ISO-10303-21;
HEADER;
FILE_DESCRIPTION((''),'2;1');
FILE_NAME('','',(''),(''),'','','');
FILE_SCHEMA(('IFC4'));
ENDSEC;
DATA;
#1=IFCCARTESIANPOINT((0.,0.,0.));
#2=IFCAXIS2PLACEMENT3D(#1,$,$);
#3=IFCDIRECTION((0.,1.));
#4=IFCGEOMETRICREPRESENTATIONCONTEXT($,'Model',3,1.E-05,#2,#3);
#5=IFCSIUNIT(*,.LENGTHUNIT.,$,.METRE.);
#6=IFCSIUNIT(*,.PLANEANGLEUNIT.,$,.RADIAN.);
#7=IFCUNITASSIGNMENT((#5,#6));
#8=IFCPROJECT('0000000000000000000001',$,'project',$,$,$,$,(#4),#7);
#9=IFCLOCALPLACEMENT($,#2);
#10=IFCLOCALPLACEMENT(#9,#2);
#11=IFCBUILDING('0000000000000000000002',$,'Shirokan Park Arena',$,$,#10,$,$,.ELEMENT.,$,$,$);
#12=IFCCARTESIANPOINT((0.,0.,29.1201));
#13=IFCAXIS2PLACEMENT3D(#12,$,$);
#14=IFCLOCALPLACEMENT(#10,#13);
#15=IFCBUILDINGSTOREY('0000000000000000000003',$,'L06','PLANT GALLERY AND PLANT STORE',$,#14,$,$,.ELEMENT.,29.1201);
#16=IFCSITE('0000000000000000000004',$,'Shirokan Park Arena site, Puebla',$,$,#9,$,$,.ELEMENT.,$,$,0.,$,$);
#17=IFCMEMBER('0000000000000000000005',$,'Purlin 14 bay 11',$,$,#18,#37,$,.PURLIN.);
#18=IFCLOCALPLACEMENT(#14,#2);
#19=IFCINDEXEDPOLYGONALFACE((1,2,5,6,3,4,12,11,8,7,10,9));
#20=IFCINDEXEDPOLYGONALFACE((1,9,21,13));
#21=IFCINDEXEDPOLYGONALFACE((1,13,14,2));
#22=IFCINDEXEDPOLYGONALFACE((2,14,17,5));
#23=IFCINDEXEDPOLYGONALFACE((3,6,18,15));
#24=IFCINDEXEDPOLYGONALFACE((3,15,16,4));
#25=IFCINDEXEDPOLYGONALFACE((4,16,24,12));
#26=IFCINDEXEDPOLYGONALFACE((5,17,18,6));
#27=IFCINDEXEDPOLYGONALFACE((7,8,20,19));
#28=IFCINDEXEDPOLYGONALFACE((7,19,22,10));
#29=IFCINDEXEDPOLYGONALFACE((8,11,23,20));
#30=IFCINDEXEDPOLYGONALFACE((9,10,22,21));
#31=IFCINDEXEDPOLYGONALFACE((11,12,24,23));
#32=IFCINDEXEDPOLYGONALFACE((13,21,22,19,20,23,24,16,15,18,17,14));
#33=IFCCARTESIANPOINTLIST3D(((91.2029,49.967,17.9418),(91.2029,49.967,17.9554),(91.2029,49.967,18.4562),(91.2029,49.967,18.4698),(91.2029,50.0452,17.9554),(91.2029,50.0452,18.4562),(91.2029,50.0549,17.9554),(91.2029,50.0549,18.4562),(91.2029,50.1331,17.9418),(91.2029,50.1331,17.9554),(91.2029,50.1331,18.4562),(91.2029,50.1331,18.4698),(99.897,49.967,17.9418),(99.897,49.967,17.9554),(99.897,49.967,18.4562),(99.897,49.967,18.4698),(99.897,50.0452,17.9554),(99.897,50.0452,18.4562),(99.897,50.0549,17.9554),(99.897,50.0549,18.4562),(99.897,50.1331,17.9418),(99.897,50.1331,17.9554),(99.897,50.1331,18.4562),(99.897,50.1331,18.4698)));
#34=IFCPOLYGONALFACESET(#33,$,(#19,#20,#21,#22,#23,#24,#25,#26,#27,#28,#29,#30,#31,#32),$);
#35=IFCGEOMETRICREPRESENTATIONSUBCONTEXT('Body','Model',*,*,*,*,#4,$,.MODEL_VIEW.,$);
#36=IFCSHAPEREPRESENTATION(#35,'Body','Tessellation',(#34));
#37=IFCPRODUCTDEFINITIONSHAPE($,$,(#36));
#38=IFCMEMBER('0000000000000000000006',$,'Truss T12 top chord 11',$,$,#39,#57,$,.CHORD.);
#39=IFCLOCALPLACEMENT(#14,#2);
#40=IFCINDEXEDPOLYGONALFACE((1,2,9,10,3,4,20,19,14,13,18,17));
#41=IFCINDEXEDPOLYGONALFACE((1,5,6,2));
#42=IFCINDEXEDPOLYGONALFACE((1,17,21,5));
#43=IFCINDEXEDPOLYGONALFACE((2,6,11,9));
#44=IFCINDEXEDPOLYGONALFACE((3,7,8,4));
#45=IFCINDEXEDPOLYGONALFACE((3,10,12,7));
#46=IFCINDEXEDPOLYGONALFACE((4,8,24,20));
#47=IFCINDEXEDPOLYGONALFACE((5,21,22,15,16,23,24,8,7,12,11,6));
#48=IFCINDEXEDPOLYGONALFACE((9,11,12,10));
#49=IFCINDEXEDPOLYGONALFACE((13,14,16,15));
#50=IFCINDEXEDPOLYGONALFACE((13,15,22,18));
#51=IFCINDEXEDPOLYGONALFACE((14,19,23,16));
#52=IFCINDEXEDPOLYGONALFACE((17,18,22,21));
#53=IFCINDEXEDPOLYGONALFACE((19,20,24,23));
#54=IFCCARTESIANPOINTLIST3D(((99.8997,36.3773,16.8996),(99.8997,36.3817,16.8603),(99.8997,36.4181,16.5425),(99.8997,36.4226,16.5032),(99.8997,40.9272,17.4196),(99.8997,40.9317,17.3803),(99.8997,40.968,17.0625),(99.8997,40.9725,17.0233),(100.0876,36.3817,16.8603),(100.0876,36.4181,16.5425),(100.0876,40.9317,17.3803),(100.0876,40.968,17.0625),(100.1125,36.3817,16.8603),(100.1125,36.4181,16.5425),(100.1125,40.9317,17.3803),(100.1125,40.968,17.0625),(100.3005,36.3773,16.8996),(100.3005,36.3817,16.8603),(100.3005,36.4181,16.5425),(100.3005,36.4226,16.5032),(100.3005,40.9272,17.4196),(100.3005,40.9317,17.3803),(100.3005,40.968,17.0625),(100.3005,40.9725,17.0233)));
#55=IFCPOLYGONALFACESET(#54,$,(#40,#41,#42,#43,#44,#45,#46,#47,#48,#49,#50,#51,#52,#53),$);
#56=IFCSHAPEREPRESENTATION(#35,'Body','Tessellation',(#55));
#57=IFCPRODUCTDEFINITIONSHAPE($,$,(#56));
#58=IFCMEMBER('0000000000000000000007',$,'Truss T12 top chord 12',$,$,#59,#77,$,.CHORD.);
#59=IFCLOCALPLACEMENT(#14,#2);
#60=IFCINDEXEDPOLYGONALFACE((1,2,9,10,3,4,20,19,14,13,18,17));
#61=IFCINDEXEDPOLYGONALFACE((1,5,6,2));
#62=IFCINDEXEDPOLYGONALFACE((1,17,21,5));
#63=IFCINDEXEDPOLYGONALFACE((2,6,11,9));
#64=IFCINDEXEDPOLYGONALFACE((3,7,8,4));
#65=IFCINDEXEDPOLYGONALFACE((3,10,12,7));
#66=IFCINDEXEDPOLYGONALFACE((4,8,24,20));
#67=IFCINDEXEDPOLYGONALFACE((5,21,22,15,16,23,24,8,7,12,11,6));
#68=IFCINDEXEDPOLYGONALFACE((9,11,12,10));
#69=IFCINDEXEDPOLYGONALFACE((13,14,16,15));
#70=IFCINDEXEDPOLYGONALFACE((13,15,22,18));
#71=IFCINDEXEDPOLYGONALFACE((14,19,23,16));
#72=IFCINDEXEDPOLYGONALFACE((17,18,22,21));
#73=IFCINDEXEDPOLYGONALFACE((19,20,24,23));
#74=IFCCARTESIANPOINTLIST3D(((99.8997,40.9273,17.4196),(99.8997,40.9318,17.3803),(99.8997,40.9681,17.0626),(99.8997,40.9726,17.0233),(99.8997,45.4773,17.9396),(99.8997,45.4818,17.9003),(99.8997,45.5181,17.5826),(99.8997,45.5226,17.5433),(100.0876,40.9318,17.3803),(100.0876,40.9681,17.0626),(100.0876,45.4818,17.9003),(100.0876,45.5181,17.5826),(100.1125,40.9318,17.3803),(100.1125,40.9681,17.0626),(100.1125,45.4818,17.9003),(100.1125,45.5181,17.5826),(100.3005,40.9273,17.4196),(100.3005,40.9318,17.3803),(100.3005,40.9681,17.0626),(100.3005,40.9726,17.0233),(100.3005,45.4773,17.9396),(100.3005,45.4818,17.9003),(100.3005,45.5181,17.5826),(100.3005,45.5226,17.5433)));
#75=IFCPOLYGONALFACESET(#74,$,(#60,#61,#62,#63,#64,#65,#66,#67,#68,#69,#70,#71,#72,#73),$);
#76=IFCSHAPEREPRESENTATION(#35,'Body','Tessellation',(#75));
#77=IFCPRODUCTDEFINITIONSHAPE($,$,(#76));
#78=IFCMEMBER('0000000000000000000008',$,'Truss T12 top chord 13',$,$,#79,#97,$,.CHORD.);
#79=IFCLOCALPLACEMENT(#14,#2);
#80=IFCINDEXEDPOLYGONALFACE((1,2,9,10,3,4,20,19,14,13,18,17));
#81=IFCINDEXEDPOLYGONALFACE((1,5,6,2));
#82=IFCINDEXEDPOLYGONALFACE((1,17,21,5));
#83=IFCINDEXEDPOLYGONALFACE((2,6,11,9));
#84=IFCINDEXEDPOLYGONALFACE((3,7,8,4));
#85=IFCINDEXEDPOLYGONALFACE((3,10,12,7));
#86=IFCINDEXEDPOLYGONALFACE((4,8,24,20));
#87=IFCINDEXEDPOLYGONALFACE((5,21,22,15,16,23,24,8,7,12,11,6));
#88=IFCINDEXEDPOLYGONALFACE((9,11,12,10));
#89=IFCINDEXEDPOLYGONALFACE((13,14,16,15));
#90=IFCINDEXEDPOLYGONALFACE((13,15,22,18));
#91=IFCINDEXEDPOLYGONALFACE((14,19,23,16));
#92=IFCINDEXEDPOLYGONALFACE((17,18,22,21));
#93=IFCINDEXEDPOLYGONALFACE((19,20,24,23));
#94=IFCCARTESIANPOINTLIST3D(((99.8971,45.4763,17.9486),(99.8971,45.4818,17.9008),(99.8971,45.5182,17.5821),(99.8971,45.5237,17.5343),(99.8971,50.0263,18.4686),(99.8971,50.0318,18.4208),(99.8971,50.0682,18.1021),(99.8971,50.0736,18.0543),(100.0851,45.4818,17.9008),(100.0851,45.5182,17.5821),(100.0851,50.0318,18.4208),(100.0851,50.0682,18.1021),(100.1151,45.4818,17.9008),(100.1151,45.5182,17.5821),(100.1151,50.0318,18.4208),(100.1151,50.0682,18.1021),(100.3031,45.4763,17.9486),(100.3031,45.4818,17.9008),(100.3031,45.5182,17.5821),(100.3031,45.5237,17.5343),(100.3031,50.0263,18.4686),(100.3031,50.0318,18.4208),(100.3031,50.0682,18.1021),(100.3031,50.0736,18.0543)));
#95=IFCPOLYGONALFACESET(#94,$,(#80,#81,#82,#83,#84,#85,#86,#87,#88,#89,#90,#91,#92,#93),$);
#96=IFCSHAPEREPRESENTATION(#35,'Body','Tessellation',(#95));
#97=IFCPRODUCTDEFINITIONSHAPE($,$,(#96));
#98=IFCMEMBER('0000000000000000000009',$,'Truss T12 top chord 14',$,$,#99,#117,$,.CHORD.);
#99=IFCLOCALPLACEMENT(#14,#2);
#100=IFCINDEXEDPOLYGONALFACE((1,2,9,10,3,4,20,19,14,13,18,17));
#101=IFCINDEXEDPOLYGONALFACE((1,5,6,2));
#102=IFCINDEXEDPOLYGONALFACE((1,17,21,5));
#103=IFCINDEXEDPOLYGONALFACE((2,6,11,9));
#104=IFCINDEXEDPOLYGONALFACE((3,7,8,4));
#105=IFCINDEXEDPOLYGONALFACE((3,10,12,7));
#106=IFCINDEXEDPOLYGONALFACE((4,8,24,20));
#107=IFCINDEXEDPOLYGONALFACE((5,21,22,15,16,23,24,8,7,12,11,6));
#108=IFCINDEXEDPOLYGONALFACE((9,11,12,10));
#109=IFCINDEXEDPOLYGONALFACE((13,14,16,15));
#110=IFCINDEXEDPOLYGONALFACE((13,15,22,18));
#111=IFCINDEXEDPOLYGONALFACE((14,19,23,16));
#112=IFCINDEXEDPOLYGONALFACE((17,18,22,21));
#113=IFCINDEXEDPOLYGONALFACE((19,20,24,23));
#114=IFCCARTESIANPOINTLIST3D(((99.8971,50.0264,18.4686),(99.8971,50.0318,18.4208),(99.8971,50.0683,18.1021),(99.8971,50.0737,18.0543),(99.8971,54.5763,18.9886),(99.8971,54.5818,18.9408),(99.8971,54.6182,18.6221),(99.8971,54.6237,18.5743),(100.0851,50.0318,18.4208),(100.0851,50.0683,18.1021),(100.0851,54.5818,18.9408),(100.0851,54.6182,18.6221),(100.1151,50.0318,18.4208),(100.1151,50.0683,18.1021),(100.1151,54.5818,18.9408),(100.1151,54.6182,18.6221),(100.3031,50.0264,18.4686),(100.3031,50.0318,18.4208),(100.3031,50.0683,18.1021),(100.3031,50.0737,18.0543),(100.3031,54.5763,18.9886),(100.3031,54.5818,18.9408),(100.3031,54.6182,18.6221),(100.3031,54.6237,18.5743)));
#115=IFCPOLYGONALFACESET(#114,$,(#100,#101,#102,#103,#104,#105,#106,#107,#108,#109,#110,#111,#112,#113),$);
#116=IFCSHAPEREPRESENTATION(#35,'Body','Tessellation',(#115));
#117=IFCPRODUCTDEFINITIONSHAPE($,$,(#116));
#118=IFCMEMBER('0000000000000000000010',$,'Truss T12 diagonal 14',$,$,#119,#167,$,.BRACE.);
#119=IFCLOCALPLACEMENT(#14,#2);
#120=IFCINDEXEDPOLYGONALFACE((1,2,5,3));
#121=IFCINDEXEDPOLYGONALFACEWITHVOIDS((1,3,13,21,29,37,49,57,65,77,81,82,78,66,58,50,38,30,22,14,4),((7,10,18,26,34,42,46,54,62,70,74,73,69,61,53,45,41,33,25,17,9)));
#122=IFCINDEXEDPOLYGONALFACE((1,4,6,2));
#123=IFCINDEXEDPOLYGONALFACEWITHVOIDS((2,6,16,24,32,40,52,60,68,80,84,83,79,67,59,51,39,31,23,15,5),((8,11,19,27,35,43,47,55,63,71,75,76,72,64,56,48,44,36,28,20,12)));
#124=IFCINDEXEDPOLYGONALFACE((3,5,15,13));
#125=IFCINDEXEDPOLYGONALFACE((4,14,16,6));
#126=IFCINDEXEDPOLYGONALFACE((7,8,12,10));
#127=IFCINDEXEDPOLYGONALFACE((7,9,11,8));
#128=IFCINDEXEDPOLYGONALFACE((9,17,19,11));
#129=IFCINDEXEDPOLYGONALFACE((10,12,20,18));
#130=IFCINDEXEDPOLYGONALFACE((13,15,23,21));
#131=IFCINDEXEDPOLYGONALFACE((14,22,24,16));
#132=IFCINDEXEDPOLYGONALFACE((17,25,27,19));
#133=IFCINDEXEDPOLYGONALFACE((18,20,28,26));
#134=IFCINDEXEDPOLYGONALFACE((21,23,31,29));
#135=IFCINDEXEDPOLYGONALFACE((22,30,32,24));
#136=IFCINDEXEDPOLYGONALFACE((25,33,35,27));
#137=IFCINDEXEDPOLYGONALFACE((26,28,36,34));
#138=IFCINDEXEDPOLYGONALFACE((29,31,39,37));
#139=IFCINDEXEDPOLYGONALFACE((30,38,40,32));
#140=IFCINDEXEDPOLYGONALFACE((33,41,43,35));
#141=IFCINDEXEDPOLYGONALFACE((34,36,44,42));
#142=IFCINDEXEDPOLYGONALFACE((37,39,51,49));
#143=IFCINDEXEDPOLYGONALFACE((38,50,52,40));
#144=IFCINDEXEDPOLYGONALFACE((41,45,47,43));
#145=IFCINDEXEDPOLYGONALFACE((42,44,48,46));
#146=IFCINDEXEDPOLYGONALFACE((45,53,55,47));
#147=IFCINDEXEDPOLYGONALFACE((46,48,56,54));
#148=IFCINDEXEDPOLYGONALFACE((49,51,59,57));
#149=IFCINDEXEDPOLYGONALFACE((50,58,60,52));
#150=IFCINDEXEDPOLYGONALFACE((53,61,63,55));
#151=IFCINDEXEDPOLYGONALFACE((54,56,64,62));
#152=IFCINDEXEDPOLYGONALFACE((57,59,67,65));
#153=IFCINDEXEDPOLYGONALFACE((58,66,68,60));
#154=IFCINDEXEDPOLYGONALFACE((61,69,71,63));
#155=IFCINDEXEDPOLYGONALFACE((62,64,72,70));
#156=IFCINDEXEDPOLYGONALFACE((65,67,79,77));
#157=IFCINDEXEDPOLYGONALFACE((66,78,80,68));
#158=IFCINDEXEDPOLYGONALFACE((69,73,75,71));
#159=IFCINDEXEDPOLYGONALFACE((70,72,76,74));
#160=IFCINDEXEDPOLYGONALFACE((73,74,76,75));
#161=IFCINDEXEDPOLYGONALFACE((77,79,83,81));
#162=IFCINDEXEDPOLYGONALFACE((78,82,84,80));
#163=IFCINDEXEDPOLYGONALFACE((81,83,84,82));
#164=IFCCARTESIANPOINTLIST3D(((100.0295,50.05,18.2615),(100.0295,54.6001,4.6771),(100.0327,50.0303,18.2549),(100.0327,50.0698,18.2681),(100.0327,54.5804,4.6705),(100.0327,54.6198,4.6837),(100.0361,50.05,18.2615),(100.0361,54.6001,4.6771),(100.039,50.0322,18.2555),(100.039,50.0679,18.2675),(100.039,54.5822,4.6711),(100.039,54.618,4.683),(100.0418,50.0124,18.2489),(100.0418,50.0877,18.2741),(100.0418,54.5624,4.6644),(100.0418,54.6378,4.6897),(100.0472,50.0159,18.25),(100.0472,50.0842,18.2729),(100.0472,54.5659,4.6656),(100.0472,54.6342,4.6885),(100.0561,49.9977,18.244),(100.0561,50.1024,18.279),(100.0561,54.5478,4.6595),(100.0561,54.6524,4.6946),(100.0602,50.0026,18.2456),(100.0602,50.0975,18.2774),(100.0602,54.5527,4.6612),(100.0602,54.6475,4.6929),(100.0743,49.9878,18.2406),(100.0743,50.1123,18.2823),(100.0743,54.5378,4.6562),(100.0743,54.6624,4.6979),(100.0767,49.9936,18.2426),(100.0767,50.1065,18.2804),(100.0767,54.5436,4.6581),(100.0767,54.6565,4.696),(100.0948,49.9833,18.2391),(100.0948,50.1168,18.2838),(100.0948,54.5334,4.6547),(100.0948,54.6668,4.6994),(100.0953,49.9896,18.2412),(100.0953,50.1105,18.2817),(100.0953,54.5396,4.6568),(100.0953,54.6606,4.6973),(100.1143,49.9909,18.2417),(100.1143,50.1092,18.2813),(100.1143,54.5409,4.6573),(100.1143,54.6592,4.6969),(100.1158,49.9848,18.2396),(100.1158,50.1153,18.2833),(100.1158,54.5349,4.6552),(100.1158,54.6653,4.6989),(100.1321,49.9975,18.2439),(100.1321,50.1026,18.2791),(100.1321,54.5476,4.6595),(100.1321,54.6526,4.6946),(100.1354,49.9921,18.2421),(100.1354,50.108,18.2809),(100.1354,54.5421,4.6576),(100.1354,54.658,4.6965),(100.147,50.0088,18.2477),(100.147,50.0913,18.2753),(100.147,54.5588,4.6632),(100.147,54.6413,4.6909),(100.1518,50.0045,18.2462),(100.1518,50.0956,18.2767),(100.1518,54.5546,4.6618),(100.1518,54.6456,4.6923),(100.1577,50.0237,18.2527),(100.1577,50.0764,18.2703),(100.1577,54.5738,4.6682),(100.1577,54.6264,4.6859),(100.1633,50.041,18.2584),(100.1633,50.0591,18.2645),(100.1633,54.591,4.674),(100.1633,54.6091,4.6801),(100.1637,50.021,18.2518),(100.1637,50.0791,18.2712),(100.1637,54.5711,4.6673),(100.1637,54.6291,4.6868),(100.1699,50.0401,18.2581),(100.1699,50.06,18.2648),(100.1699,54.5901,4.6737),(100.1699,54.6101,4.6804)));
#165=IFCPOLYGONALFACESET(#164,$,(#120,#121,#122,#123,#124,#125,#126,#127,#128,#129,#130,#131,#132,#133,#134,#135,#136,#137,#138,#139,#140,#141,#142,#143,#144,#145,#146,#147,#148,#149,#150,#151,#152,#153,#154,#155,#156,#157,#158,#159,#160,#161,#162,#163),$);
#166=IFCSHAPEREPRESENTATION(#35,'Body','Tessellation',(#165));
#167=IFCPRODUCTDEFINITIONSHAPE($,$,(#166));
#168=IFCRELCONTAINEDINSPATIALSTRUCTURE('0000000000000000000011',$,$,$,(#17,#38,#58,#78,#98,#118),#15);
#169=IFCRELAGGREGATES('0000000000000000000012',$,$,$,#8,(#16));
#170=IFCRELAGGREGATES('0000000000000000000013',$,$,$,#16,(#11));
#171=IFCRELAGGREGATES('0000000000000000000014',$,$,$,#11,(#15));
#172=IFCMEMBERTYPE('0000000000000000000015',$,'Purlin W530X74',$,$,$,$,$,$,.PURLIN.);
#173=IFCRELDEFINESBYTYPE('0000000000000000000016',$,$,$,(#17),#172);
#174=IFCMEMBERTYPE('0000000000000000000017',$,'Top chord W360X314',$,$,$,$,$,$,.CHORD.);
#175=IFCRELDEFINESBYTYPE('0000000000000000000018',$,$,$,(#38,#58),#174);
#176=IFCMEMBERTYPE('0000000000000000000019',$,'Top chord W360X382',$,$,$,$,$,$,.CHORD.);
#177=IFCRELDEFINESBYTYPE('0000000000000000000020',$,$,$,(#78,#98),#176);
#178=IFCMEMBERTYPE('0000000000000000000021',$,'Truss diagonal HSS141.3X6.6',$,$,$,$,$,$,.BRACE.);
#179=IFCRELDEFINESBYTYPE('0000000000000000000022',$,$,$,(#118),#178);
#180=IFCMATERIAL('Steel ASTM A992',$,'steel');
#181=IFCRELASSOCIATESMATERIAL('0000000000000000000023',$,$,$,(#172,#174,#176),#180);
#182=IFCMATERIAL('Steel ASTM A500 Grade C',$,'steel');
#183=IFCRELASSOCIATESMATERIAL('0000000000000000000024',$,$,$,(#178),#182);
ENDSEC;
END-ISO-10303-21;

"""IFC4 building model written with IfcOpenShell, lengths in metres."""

from ifc_helpers import new_model, si_unit, direction, frame, origin, origin_2d, place, context, subcontext, project, spatial, hollow_circle, i_section, extrude, material, material_profile, profile_set, type_object, element, save


model = new_model("IFC4")

# Units and contexts
model_context = context("Model", 3, precision=1e-05, world=origin(), true_north=direction((0.0, 1.0)))
body_context = subcontext(model_context, "Body", "Model", "MODEL_VIEW")
ifc_project = project(units=[si_unit("LENGTHUNIT", "METRE"), si_unit("PLANEANGLEUNIT", "RADIAN")], contexts=[model_context])

# Site, building, storey
site_placement = place(None, origin())
site = spatial("IfcSite", under=ifc_project, at=site_placement, Name="Shirokan Park Arena site, Puebla", CompositionType="ELEMENT", RefElevation=0.0)
building_placement = place(site_placement, origin())
building = spatial("IfcBuilding", under=site, at=building_placement, Name="Shirokan Park Arena", CompositionType="ELEMENT")
storey_placement = place(building_placement, frame((0.0, 0.0, 29.1201)))
storey = spatial("IfcBuildingStorey", under=building, at=storey_placement, Name="L06", Description="PLANT GALLERY AND PLANT STORE", CompositionType="ELEMENT", Elevation=29.1201)

# Members
ifc_material_1 = material(Name="Steel ASTM A992", Category="steel")
ifc_material_2 = material(Name="Steel ASTM A500 Grade C", Category="steel")
ifc_material_profile_1 = material_profile(ifc_material_1, i_section(OverallWidth=0.166, OverallDepth=0.5281, WebThickness=0.0098, FlangeThickness=0.0137, at=origin_2d()), Name="W530X74")
ifc_profile_set_1 = profile_set([ifc_material_profile_1], Name="Steel ASTM A992")
member_type_1 = type_object("IfcMemberType", Name="Purlin W530X74", PredefinedType="PURLIN", material=ifc_profile_set_1)
for number, where, z_axis, x_axis, name in (
    (1, (91.2029, 50.05, 18.2058), (1.0, 0.0, 0.0), (0.0, 1.0, 0.0), "Purlin 14 bay 11"),
):
    element("IfcMember", number, at=place(storey_placement, frame(where, z_axis=z_axis, x_axis=x_axis)), inside=storey, type_object=member_type_1, Name=name, PredefinedType="PURLIN", context=body_context, shape_type="SweptSolid", body=[
        extrude(i_section(OverallWidth=0.166, OverallDepth=0.5281, WebThickness=0.0098, FlangeThickness=0.0137, at=origin_2d()), origin(), (0.0, 0.0, 1.0), 8.6941),
    ])
ifc_material_profile_2 = material_profile(ifc_material_1, i_section(OverallWidth=0.4009, OverallDepth=0.3989, WebThickness=0.0249, FlangeThickness=0.0396, at=origin_2d()), Name="W360X314")
ifc_profile_set_2 = profile_set([ifc_material_profile_2], Name="Steel ASTM A992")
member_type_2 = type_object("IfcMemberType", Name="Top chord W360X314", PredefinedType="CHORD", material=ifc_profile_set_2)
for number, where, z_axis, x_axis, name in (
    (2, (100.1001, 36.3999, 16.7014), (0.0, 0.993532, 0.11355), (-1.0, 0.0, 0.0), "Truss T12 top chord 11"),
    (3, (100.1001, 40.95, 17.2214), (0.0, 0.993532, 0.11355), (-1.0, 0.0, 0.0), "Truss T12 top chord 12"),
):
    element("IfcMember", number, at=place(storey_placement, frame(where, z_axis=z_axis, x_axis=x_axis)), inside=storey, type_object=member_type_2, Name=name, PredefinedType="CHORD", context=body_context, shape_type="SweptSolid", body=[
        extrude(i_section(OverallWidth=0.4009, OverallDepth=0.3989, WebThickness=0.0249, FlangeThickness=0.0396, at=origin_2d()), origin(), (0.0, 0.0, 1.0), 4.5796),
    ])
ifc_material_profile_3 = material_profile(ifc_material_1, i_section(OverallWidth=0.406, OverallDepth=0.417, WebThickness=0.03, FlangeThickness=0.0481, at=origin_2d()), Name="W360X382")
ifc_profile_set_3 = profile_set([ifc_material_profile_3], Name="Steel ASTM A992")
member_type_3 = type_object("IfcMemberType", Name="Top chord W360X382", PredefinedType="CHORD", material=ifc_profile_set_3)
for number, where, z_axis, x_axis, name in (
    (4, (100.1001, 45.5, 17.7415), (0.0, 0.993532, 0.11355), (-1.0, 0.0, 0.0), "Truss T12 top chord 13"),
    (5, (100.1001, 50.05, 18.2615), (0.0, 0.993532, 0.11355), (-1.0, 0.0, 0.0), "Truss T12 top chord 14"),
):
    element("IfcMember", number, at=place(storey_placement, frame(where, z_axis=z_axis, x_axis=x_axis)), inside=storey, type_object=member_type_3, Name=name, PredefinedType="CHORD", context=body_context, shape_type="SweptSolid", body=[
        extrude(i_section(OverallWidth=0.406, OverallDepth=0.417, WebThickness=0.03, FlangeThickness=0.0481, at=origin_2d()), origin(), (0.0, 0.0, 1.0), 4.5796),
    ])
ifc_material_profile_4 = material_profile(ifc_material_2, hollow_circle(Radius=0.0706, WallThickness=0.0066, at=origin_2d()), Name="HSS141.3X6.6")
ifc_profile_set_4 = profile_set([ifc_material_profile_4], Name="Steel ASTM A500 Grade C")
member_type_4 = type_object("IfcMemberType", Name="Truss diagonal HSS141.3X6.6", PredefinedType="BRACE", material=ifc_profile_set_4)
member_1_placement = place(storey_placement, frame((100.1001, 50.05, 18.2615), z_axis=(0.0, 0.317603, -0.948224), x_axis=(-1.0, 0.0, 0.0)))
element("IfcMember", 6, at=member_1_placement, inside=storey, type_object=member_type_4, Name="Truss T12 diagonal 14", PredefinedType="BRACE", context=body_context, shape_type="SweptSolid", body=[
    extrude(hollow_circle(Radius=0.0706, WallThickness=0.0066, at=origin_2d()), origin(), (0.0, 0.0, 1.0), 14.3262),
])

save(model, "model.ifc")
